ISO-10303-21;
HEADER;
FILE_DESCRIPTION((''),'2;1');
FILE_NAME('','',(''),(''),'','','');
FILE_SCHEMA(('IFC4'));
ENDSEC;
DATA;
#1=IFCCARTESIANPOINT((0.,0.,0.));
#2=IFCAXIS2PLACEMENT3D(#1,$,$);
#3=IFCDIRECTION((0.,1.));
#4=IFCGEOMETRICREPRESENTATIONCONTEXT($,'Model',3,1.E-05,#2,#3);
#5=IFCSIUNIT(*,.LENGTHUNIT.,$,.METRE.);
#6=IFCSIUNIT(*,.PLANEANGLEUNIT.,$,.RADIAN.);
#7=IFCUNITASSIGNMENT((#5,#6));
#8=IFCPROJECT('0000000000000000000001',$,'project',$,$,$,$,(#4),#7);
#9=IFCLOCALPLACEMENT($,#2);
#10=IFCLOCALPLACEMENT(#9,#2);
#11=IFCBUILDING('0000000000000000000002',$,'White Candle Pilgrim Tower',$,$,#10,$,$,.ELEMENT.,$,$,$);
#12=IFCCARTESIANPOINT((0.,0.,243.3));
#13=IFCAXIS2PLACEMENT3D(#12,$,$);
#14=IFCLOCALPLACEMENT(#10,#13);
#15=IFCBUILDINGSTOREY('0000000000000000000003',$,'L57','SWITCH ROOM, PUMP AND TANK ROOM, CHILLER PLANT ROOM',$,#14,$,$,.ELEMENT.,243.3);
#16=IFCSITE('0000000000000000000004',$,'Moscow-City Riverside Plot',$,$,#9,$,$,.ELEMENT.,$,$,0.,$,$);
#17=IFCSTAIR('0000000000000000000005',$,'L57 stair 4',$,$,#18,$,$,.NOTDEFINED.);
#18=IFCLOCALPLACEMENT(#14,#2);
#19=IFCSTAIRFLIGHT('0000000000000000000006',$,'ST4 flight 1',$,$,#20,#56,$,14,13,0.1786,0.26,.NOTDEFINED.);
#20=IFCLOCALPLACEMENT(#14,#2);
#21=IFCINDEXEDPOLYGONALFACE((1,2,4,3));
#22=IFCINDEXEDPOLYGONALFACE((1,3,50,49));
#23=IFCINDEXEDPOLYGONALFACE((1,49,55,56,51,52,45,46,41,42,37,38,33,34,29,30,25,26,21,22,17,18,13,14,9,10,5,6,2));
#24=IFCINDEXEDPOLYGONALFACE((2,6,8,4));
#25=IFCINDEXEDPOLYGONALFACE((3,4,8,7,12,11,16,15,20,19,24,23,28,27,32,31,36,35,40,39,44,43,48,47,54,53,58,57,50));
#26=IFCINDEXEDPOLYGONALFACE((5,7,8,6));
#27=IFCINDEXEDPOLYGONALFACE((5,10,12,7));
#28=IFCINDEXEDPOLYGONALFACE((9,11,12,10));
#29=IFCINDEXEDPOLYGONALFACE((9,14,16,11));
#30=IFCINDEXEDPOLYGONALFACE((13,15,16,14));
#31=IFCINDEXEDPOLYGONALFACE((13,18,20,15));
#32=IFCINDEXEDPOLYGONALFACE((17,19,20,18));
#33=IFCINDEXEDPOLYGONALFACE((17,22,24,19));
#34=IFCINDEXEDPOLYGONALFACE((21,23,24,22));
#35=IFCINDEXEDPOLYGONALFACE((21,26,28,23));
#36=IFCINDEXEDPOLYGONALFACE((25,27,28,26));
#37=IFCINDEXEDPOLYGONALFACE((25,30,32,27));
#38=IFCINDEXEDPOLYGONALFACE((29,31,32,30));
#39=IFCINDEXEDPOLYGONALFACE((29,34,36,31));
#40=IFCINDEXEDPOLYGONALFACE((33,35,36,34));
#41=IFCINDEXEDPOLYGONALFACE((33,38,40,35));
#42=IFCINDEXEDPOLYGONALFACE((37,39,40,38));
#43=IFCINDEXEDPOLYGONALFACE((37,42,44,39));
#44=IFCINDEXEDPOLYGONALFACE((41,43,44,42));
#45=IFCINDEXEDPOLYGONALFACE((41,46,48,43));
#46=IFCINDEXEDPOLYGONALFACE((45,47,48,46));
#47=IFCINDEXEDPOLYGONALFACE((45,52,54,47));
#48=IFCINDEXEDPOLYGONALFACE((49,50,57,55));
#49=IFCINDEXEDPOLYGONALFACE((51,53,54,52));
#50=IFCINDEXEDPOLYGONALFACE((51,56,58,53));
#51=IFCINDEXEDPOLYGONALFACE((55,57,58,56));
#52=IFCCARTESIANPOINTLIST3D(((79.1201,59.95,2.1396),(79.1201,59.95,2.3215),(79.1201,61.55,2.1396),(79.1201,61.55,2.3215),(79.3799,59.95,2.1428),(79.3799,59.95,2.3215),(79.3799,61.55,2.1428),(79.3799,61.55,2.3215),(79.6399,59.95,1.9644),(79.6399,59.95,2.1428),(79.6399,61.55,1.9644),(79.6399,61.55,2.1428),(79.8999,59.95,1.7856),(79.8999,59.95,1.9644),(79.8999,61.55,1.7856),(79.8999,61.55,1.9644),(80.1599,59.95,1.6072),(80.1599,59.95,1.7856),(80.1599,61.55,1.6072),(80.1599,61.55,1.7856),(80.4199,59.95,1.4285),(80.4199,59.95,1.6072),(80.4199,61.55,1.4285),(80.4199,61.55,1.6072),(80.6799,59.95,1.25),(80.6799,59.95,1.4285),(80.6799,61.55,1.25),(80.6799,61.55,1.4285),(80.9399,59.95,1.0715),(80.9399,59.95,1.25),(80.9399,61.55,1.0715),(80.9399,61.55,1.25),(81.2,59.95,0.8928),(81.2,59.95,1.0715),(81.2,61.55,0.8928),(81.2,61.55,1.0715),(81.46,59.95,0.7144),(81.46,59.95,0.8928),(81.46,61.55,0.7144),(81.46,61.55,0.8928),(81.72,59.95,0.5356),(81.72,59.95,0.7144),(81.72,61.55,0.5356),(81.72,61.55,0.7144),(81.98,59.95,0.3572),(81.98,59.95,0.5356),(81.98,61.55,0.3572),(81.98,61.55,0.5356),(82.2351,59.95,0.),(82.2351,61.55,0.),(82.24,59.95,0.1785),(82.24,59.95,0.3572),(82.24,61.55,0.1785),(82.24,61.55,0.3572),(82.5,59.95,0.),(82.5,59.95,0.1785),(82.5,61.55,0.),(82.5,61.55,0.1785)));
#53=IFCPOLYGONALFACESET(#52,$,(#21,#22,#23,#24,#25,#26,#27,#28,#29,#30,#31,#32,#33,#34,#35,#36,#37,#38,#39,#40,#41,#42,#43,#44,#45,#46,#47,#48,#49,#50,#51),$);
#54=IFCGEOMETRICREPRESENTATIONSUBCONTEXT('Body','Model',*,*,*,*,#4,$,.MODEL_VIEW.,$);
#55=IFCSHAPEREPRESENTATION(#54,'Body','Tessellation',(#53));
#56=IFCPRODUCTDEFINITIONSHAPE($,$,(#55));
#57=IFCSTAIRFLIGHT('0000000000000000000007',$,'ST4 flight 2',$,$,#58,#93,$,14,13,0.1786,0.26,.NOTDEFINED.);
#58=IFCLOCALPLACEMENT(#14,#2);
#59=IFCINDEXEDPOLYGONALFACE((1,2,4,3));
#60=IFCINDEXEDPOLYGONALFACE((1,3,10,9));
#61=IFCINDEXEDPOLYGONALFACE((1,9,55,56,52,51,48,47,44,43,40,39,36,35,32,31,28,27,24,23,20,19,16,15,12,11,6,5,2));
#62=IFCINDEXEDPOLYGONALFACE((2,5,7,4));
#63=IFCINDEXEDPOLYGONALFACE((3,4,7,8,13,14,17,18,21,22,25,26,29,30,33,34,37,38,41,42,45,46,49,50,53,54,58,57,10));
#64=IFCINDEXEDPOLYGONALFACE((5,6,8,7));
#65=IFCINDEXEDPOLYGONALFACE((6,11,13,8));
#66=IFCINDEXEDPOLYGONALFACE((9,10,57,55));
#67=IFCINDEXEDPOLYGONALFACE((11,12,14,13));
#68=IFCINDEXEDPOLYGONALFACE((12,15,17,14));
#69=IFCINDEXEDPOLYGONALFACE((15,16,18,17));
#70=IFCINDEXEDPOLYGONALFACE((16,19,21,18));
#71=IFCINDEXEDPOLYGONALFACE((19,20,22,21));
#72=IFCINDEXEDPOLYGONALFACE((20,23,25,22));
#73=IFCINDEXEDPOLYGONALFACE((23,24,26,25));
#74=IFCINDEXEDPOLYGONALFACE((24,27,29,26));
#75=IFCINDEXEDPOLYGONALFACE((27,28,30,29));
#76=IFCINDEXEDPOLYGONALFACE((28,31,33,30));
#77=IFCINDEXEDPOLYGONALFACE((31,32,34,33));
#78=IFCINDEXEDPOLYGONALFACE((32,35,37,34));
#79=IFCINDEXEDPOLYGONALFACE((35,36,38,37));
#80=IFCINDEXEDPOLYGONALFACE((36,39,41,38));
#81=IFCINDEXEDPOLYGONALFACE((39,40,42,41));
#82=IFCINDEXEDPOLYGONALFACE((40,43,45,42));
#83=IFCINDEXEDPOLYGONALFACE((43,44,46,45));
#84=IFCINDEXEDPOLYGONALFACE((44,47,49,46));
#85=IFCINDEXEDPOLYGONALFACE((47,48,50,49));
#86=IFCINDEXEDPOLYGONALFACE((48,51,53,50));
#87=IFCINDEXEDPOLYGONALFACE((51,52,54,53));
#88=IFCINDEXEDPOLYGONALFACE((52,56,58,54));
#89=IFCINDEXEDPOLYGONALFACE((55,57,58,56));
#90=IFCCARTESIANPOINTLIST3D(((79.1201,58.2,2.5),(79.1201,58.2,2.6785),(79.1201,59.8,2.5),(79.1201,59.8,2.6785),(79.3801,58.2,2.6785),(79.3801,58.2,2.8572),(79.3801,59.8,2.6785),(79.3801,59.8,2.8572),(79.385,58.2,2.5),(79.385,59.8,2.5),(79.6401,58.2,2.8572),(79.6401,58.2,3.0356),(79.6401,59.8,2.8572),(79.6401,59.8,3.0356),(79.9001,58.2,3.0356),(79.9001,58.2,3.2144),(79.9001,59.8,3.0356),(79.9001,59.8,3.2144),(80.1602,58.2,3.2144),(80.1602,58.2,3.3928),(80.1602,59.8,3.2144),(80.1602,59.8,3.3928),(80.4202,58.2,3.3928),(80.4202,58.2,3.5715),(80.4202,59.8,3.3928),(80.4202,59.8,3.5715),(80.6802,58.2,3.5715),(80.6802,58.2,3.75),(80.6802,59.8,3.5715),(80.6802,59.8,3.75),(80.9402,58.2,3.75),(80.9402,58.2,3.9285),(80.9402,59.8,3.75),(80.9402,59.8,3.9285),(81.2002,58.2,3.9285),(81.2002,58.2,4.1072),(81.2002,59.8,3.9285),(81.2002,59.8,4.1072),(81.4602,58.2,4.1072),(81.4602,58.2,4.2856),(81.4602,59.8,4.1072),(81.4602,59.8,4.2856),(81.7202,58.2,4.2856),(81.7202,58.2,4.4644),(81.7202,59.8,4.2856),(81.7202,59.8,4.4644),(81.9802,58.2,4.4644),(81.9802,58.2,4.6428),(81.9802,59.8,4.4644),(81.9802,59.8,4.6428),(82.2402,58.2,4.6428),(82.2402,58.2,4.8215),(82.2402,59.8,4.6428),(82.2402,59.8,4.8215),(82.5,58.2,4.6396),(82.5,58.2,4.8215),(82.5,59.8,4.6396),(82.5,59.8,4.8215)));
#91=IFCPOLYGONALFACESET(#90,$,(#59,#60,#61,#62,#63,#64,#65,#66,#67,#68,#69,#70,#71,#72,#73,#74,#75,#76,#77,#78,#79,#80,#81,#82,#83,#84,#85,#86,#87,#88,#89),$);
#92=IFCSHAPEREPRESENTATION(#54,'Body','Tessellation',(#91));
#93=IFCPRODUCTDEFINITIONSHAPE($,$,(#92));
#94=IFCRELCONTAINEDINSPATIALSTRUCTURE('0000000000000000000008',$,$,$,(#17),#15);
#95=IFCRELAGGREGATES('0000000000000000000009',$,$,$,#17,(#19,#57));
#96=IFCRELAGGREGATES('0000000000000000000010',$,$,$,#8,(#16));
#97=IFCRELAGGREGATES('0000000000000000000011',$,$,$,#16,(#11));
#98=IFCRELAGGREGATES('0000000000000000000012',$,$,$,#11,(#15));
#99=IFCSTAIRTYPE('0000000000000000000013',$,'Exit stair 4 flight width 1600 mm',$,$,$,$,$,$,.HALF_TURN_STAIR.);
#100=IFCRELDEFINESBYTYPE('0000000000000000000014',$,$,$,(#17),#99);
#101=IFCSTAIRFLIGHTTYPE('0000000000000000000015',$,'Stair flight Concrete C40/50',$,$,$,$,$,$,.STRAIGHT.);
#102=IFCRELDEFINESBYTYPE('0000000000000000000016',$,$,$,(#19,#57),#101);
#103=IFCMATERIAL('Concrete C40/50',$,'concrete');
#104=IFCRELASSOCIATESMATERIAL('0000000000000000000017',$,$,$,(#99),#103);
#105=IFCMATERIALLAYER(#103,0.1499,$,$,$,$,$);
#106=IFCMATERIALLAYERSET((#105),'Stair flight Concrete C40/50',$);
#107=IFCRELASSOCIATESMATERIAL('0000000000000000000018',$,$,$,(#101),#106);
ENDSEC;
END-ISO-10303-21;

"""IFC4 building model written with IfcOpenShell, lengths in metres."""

from ifc_helpers import new_model, si_unit, direction, frame, origin, place, context, subcontext, project, spatial, polyline, outline, extrude, material, layer, layer_set, type_object, element, aggregate, save


model = new_model("IFC4")

# Units and contexts
model_context = context("Model", 3, precision=1e-05, world=origin(), true_north=direction((0.0, 1.0)))
body_context = subcontext(model_context, "Body", "Model", "MODEL_VIEW")
ifc_project = project(units=[si_unit("LENGTHUNIT", "METRE"), si_unit("PLANEANGLEUNIT", "RADIAN")], contexts=[model_context])

# Site, building, storey
site_placement = place(None, origin())
site = spatial("IfcSite", under=ifc_project, at=site_placement, Name="Moscow-City Riverside Plot", CompositionType="ELEMENT", RefElevation=0.0)
building_placement = place(site_placement, origin())
building = spatial("IfcBuilding", under=site, at=building_placement, Name="White Candle Pilgrim Tower", CompositionType="ELEMENT")
storey_placement = place(building_placement, frame((0.0, 0.0, 243.3)))
storey = spatial("IfcBuildingStorey", under=building, at=storey_placement, Name="L57", Description="SWITCH ROOM, PUMP AND TANK ROOM, CHILLER PLANT ROOM", CompositionType="ELEMENT", Elevation=243.3)

# Stair, stair flights
ifc_material_1 = material(Name="Concrete C40/50", Category="concrete")
stair_type = type_object("IfcStairType", Name="Exit stair 4 flight width 1600 mm", PredefinedType="HALF_TURN_STAIR", material=ifc_material_1)
stair_placement = place(storey_placement, origin())
stair = element("IfcStair", 1, at=stair_placement, inside=storey, type_object=stair_type, Name="L57 stair 4", PredefinedType="NOTDEFINED")
ifc_layer_1 = layer(ifc_material_1, 0.1499)
ifc_layer_set_1 = layer_set([ifc_layer_1], Name="Stair flight Concrete C40/50")
stair_flight_type = type_object("IfcStairFlightType", Name="Stair flight Concrete C40/50", PredefinedType="STRAIGHT", material=ifc_layer_set_1)
stair_flight_1_placement = place(storey_placement, frame((82.5, 60.75, 0.0), z_axis=(0.0, 0.0, 1.0), x_axis=(-1.0, 0.0, 0.0)))
stair_flight_1 = element("IfcStairFlight", 2, at=stair_flight_1_placement, type_object=stair_flight_type, Name="ST4 flight 1", NumberOfRisers=14, NumberOfTreads=13, PredefinedType="NOTDEFINED", RiserHeight=0.1786, TreadLength=0.26, context=body_context, shape_type="SweptSolid", body=[
    extrude(outline(polyline([(0.0, 0.0), (0.0, 0.1785), (0.26, 0.1785), (0.26, 0.3572), (0.52, 0.3572), (0.52, 0.5356), (0.78, 0.5356), (0.78, 0.7144), (1.04, 0.7144), (1.04, 0.8928), (1.3, 0.8928), (1.3, 1.0715), (1.5601, 1.0715), (1.5601, 1.25), (1.8201, 1.25), (1.8201, 1.4285), (2.0801, 1.4285), (2.0801, 1.6072), (2.3401, 1.6072), (2.3401, 1.7856), (2.6001, 1.7856), (2.6001, 1.9644), (2.8601, 1.9644), (2.8601, 2.1428), (3.1201, 2.1428), (3.1201, 2.3215), (3.3799, 2.3215), (3.3799, 2.5), (3.3799, 2.1396), (0.2649, 0.0), (0.0, 0.0)])), frame((0.0, 0.8, 0.0), z_axis=(0.0, -1.0, 0.0), x_axis=(1.0, 0.0, 0.0)), (0.0, 0.0, 1.0), 1.6001),
])
stair_flight_2_placement = place(storey_placement, frame((79.1201, 59.0, 2.5), z_axis=(0.0, 0.0, 1.0), x_axis=(1.0, 0.0, 0.0)))
stair_flight_2 = element("IfcStairFlight", 3, at=stair_flight_2_placement, type_object=stair_flight_type, Name="ST4 flight 2", NumberOfRisers=14, NumberOfTreads=13, PredefinedType="NOTDEFINED", RiserHeight=0.1786, TreadLength=0.26, context=body_context, shape_type="SweptSolid", body=[
    extrude(outline(polyline([(0.0, 0.0), (0.0, 0.1785), (0.26, 0.1785), (0.26, 0.3572), (0.52, 0.3572), (0.52, 0.5356), (0.78, 0.5356), (0.78, 0.7144), (1.04, 0.7144), (1.04, 0.8928), (1.3, 0.8928), (1.3, 1.0715), (1.5601, 1.0715), (1.5601, 1.25), (1.8201, 1.25), (1.8201, 1.4285), (2.0801, 1.4285), (2.0801, 1.6072), (2.3401, 1.6072), (2.3401, 1.7856), (2.6001, 1.7856), (2.6001, 1.9644), (2.8601, 1.9644), (2.8601, 2.1428), (3.1201, 2.1428), (3.1201, 2.3215), (3.3799, 2.3215), (3.3799, 2.5), (3.3799, 2.1396), (0.2649, 0.0), (0.0, 0.0)])), frame((0.0, 0.8, 0.0), z_axis=(0.0, -1.0, 0.0), x_axis=(1.0, 0.0, 0.0)), (0.0, 0.0, 1.0), 1.6001),
])
aggregate(stair, [stair_flight_1, stair_flight_2])

save(model, "model.ifc")
